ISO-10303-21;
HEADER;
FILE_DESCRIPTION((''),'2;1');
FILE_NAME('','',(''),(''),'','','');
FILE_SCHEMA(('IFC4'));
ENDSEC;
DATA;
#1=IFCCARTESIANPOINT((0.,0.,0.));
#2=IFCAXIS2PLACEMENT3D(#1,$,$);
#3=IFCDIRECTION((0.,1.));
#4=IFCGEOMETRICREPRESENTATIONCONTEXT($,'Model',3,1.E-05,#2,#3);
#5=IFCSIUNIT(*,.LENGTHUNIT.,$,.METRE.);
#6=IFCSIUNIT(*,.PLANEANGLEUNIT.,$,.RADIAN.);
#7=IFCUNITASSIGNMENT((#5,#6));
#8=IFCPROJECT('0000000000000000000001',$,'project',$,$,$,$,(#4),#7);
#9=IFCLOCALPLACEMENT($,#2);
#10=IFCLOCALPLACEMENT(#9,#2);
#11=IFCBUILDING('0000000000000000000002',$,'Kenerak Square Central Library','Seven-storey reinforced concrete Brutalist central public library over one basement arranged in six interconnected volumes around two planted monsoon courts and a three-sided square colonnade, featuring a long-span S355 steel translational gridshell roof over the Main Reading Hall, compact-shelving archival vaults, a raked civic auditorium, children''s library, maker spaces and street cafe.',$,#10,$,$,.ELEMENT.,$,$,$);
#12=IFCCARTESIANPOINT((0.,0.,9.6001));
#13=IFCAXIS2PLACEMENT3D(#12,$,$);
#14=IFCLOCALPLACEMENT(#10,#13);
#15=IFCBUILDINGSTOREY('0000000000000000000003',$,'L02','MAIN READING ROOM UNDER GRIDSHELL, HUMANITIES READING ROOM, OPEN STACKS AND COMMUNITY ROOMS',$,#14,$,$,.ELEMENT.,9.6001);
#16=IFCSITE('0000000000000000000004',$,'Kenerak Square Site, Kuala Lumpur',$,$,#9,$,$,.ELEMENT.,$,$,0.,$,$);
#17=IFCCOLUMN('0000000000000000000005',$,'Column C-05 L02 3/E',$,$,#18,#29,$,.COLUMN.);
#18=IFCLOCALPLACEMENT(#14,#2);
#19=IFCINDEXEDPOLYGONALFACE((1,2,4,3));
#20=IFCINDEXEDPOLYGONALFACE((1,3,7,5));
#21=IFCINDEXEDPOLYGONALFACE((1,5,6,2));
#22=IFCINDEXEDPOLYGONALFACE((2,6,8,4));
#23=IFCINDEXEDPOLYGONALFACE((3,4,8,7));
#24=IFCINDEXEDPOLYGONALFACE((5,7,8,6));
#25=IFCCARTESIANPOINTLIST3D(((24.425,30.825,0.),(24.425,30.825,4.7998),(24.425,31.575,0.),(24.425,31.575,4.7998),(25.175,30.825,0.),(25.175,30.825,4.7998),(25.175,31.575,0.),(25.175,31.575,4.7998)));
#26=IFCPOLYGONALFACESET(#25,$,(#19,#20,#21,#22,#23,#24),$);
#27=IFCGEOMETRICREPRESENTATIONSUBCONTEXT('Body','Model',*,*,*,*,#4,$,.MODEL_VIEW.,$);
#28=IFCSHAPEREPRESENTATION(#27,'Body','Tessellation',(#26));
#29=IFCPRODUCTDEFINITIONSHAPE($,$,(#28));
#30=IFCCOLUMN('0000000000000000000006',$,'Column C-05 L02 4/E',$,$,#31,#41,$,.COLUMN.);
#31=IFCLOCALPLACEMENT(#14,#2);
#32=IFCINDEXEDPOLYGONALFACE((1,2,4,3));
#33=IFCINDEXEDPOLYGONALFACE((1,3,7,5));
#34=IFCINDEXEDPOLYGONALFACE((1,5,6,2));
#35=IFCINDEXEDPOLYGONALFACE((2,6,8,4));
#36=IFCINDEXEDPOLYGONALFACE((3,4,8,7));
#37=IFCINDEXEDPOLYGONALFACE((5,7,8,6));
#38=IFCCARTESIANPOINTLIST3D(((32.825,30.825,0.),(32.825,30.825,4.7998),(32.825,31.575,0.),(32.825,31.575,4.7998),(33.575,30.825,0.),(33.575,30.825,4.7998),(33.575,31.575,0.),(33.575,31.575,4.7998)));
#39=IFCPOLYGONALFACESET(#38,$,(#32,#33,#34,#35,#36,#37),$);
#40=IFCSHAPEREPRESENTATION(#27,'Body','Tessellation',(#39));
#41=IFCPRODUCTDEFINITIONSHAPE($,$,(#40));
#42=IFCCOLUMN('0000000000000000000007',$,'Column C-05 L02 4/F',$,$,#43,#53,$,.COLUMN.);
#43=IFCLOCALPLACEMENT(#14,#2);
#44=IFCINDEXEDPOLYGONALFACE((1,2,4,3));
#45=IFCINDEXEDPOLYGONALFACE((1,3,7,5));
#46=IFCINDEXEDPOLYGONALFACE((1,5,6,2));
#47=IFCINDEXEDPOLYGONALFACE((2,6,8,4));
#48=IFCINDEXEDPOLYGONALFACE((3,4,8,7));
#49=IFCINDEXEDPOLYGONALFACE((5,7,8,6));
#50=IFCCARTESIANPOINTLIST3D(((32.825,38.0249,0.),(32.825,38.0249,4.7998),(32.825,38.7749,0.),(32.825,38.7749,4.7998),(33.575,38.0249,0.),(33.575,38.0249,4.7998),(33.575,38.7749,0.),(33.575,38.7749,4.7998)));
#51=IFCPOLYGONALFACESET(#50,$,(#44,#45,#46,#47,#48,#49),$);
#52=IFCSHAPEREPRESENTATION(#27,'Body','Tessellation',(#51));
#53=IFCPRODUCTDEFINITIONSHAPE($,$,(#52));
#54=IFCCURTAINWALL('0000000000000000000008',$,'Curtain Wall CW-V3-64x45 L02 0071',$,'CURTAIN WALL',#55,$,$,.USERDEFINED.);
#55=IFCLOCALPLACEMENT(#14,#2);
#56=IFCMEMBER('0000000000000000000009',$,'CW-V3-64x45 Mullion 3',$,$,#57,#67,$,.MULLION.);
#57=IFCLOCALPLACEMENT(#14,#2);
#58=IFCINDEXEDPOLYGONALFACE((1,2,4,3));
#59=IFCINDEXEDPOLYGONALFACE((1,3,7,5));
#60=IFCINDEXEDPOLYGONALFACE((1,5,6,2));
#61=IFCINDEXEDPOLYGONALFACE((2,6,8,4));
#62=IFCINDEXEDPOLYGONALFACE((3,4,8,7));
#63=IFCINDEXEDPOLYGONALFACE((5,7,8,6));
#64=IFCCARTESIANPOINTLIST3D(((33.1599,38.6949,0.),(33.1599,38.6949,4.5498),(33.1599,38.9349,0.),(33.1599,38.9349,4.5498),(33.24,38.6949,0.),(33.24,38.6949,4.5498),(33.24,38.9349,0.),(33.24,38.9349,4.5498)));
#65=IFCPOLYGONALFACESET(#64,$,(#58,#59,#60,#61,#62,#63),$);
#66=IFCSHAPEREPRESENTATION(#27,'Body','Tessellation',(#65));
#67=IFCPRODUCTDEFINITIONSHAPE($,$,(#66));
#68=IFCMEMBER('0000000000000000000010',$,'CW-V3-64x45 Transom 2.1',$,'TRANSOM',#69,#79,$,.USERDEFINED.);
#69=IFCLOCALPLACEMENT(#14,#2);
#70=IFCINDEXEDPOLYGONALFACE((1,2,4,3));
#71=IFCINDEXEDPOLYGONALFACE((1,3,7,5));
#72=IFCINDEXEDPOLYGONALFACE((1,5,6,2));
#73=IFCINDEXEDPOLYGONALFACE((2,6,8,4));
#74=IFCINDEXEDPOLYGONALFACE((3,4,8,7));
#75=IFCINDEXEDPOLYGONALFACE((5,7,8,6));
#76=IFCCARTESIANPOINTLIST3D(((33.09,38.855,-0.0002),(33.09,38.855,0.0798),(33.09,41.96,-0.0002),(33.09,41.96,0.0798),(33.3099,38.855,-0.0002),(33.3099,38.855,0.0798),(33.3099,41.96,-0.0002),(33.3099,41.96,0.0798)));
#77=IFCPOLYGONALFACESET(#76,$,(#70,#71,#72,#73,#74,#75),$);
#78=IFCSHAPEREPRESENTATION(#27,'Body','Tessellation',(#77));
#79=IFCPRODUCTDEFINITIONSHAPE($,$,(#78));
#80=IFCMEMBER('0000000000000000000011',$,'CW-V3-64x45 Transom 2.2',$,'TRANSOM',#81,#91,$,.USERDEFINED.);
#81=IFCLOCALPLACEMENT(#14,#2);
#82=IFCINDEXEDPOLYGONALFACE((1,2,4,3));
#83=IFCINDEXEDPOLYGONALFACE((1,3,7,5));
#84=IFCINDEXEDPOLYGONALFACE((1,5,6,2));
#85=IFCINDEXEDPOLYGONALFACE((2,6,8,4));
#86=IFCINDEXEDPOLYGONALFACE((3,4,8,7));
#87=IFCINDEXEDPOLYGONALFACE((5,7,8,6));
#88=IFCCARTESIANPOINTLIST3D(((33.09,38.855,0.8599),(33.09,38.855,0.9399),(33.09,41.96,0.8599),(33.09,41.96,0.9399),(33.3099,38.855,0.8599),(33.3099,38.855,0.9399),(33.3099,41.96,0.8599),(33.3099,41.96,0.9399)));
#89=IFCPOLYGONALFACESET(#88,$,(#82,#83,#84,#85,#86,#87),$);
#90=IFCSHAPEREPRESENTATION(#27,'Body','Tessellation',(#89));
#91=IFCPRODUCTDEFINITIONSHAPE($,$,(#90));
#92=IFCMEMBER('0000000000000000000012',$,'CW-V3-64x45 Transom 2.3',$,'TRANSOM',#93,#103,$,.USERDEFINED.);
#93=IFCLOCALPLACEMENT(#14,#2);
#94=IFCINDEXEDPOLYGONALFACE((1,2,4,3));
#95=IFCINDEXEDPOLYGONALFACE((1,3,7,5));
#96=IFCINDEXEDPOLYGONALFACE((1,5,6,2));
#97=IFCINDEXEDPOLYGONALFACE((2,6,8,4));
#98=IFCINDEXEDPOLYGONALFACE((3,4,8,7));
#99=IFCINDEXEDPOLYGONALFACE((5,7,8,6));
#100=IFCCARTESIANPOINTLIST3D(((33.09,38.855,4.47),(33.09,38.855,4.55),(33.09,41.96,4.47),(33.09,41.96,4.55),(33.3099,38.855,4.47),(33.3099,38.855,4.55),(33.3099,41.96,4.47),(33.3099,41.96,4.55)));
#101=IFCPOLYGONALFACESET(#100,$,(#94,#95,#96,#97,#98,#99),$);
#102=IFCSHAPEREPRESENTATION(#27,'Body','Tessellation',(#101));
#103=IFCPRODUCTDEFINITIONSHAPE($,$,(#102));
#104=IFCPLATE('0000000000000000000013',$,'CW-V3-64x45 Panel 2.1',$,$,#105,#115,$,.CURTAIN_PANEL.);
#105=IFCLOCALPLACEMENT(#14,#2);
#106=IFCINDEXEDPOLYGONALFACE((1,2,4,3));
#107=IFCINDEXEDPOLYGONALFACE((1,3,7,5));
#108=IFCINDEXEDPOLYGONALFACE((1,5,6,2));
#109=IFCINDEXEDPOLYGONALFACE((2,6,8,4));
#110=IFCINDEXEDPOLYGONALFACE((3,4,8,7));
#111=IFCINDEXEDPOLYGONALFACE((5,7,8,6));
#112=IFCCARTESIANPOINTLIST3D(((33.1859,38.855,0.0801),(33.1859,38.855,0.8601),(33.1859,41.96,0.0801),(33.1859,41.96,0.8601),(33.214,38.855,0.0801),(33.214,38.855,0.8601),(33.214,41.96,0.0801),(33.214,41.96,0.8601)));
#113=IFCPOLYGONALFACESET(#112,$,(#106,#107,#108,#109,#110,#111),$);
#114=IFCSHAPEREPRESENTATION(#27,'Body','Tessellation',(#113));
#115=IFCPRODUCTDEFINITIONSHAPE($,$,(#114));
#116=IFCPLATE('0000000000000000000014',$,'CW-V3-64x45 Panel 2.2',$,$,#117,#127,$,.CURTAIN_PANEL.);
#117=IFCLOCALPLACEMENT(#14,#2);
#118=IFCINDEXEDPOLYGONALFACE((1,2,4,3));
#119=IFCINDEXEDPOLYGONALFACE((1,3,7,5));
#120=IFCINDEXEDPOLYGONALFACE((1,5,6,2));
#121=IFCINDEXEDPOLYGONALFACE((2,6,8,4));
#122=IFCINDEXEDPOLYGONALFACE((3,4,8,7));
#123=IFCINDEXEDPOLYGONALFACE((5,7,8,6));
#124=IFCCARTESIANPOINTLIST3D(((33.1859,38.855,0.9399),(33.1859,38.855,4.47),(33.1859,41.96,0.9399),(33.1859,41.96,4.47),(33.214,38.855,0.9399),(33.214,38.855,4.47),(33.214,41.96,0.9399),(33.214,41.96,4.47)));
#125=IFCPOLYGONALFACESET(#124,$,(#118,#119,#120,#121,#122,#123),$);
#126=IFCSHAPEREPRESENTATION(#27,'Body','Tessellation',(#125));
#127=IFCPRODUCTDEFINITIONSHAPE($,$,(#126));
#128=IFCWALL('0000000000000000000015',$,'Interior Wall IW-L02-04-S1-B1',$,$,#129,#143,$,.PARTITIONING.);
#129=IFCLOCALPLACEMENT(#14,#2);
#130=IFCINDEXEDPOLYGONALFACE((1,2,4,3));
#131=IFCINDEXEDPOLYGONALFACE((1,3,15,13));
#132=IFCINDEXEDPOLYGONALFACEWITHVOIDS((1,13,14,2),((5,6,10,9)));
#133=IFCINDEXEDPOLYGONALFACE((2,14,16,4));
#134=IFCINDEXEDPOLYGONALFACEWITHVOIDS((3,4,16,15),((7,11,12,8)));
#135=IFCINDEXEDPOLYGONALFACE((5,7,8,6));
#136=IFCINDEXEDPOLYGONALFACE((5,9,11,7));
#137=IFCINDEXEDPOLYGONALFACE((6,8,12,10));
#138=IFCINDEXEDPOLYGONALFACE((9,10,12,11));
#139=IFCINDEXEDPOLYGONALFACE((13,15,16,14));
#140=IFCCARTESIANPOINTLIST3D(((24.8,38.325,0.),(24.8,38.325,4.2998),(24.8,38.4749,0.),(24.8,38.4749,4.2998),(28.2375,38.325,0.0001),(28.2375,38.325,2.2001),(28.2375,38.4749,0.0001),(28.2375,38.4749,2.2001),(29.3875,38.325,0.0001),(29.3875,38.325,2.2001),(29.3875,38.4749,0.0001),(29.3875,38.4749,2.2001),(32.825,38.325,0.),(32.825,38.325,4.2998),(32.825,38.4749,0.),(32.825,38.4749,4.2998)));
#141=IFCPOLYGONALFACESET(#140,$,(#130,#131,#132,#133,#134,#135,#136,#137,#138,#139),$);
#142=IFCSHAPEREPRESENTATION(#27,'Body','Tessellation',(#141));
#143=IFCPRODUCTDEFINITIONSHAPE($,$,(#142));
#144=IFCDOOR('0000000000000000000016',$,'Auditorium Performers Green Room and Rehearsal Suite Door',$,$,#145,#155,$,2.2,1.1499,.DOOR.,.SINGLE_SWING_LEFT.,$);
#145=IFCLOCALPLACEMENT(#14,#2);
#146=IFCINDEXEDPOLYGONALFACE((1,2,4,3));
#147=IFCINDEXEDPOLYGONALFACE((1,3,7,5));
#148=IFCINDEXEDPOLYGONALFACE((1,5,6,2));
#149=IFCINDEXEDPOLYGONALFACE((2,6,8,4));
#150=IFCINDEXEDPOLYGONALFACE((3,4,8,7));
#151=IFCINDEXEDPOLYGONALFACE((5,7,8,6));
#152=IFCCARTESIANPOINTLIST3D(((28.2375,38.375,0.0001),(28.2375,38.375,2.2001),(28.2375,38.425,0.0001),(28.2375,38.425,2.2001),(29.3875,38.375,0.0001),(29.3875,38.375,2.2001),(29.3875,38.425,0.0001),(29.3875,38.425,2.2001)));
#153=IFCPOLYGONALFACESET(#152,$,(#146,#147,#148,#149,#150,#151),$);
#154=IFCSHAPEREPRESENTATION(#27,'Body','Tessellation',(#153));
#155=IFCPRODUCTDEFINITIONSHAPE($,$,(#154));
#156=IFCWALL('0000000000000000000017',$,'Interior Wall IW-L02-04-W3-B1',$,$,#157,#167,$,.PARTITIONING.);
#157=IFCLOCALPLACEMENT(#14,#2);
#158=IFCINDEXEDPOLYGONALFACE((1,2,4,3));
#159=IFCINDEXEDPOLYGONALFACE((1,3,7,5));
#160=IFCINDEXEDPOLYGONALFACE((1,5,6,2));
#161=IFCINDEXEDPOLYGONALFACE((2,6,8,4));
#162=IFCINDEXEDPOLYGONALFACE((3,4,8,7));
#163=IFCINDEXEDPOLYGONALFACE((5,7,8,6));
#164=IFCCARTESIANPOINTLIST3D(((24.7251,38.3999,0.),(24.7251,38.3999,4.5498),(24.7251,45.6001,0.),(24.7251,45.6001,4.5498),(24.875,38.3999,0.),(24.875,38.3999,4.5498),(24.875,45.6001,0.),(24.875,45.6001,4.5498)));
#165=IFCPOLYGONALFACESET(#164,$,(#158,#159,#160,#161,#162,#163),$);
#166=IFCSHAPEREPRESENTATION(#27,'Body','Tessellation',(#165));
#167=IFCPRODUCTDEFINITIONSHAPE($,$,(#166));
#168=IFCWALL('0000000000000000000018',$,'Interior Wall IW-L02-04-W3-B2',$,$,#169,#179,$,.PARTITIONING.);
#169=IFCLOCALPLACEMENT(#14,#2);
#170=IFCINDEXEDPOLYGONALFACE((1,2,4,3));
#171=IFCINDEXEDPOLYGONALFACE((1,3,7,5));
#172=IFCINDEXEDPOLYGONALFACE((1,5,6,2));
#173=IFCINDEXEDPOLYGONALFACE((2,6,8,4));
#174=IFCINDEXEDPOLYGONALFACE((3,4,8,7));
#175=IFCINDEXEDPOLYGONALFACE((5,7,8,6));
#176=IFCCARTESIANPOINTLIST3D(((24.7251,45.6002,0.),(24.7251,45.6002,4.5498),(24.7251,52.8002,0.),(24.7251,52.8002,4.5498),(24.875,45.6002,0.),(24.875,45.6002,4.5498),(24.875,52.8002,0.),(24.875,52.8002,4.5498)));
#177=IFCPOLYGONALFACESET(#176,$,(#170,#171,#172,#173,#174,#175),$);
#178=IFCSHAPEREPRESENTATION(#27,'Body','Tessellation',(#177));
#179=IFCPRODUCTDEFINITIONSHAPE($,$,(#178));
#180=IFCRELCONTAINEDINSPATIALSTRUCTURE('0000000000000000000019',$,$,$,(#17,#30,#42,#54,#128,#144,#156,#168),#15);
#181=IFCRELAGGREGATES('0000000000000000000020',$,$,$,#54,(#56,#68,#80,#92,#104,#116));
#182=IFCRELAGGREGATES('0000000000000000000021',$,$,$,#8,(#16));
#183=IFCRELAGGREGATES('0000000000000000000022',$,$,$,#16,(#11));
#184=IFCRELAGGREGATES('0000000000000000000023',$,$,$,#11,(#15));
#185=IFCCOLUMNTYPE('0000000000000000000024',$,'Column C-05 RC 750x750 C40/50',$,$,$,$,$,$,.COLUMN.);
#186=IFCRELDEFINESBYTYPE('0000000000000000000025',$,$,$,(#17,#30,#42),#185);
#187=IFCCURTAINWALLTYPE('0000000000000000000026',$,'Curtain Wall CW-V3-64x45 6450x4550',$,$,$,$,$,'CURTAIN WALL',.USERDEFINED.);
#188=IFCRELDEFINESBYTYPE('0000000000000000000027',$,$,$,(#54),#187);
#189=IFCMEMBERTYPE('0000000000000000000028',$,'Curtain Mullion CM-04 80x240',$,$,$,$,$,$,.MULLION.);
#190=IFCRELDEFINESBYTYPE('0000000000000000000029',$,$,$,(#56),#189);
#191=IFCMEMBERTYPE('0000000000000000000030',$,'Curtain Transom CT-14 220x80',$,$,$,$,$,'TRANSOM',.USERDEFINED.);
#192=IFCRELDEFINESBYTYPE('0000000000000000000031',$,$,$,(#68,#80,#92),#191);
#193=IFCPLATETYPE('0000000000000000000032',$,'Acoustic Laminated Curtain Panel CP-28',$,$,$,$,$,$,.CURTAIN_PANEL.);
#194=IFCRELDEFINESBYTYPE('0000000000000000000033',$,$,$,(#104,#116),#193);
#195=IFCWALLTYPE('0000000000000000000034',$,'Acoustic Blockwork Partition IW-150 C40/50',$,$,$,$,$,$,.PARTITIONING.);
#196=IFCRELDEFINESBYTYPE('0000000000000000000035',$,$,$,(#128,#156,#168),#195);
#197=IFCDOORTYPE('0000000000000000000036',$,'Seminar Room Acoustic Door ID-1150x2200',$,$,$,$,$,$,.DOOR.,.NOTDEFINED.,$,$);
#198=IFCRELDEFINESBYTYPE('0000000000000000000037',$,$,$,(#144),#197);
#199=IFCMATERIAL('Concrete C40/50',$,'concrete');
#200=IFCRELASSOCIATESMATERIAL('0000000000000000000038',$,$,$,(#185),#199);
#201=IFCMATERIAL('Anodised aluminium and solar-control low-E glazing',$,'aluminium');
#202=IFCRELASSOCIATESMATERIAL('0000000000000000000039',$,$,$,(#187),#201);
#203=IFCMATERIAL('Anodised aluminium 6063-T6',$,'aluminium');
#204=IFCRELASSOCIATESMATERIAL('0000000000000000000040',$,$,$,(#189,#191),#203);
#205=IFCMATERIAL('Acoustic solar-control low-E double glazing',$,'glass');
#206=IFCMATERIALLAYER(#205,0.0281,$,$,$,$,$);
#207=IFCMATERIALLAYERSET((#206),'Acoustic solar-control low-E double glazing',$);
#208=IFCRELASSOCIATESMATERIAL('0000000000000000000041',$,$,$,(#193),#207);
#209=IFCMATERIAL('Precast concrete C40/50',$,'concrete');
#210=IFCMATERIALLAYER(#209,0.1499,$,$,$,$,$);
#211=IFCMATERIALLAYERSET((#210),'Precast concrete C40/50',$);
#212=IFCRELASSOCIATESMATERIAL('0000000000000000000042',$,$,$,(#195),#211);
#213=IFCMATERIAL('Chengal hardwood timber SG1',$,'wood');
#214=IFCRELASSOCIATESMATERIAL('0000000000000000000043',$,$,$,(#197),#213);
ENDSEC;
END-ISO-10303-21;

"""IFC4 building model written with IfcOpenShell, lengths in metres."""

from ifc_helpers import new_model, si_unit, direction, frame, frame_2d, origin, origin_2d, place, context, subcontext, project, spatial, rectangle, extrude, material, layer, layer_set, material_profile, profile_set, type_object, element, fill, aggregate, save


model = new_model("IFC4")

# Units and contexts
model_context = context("Model", 3, precision=1e-05, world=origin(), true_north=direction((0.0, 1.0)))
body_context = subcontext(model_context, "Body", "Model", "MODEL_VIEW")
ifc_project = project(units=[si_unit("LENGTHUNIT", "METRE"), si_unit("PLANEANGLEUNIT", "RADIAN")], contexts=[model_context])

# Site, building, storey
site_placement = place(None, origin())
site = spatial("IfcSite", under=ifc_project, at=site_placement, Name="Kenerak Square Site, Kuala Lumpur", CompositionType="ELEMENT", RefElevation=0.0)
building_placement = place(site_placement, origin())
building = spatial("IfcBuilding", under=site, at=building_placement, Name="Kenerak Square Central Library", Description="Seven-storey reinforced concrete Brutalist central public library over one basement arranged in six interconnected volumes around two planted monsoon courts and a three-sided square colonnade, featuring a long-span S355 steel translational gridshell roof over the Main Reading Hall, compact-shelving archival vaults, a raked civic auditorium, children's library, maker spaces and street cafe.", CompositionType="ELEMENT")
storey_placement = place(building_placement, frame((0.0, 0.0, 9.6001)))
storey = spatial("IfcBuildingStorey", under=building, at=storey_placement, Name="L02", Description="MAIN READING ROOM UNDER GRIDSHELL, HUMANITIES READING ROOM, OPEN STACKS AND COMMUNITY ROOMS", CompositionType="ELEMENT", Elevation=9.6001)

# Columns
ifc_material_1 = material(Name="Concrete C40/50", Category="concrete")
ifc_material_profile_1 = material_profile(ifc_material_1, rectangle(XDim=0.75, YDim=0.75, at=origin_2d()), Name="RC 750x750")
ifc_profile_set_1 = profile_set([ifc_material_profile_1], Name="Concrete C40/50")
column_type = type_object("IfcColumnType", Name="Column C-05 RC 750x750 C40/50", PredefinedType="COLUMN", material=ifc_profile_set_1)
for number, where, z_axis, x_axis, name in (
    (1, (24.8, 31.2, 0.0), (0.0, 0.0, 1.0), (1.0, 0.0, 0.0), "Column C-05 L02 3/E"),
    (2, (33.2, 31.2, 0.0), (0.0, 0.0, 1.0), (1.0, 0.0, 0.0), "Column C-05 L02 4/E"),
    (3, (33.2, 38.3999, 0.0), (0.0, 0.0, 1.0), (1.0, 0.0, 0.0), "Column C-05 L02 4/F"),
):
    element("IfcColumn", number, at=place(storey_placement, frame(where, z_axis=z_axis, x_axis=x_axis)), inside=storey, type_object=column_type, Name=name, PredefinedType="COLUMN", context=body_context, shape_type="SweptSolid", body=[
        extrude(rectangle(XDim=0.75, YDim=0.75, at=origin_2d()), origin(), (0.0, 0.0, 1.0), 4.7998),
    ])

# Curtain wall, members, plates
ifc_material_2 = material(Name="Anodised aluminium and solar-control low-E glazing", Category="aluminium")
curtain_wall_type = type_object("IfcCurtainWallType", Name="Curtain Wall CW-V3-64x45 6450x4550", ElementType="CURTAIN WALL", PredefinedType="USERDEFINED", material=ifc_material_2)
curtain_wall_placement = place(storey_placement, origin())
curtain_wall = element("IfcCurtainWall", 4, at=curtain_wall_placement, inside=storey, type_object=curtain_wall_type, Name="Curtain Wall CW-V3-64x45 L02 0071", ObjectType="CURTAIN WALL", PredefinedType="USERDEFINED")
ifc_material_3 = material(Name="Anodised aluminium 6063-T6", Category="aluminium")
ifc_material_profile_2 = material_profile(ifc_material_3, rectangle(XDim=0.0801, YDim=0.24, at=origin_2d()), Name="AL MULLION 80x240")
ifc_profile_set_2 = profile_set([ifc_material_profile_2], Name="Anodised aluminium 6063-T6")
member_type_1 = type_object("IfcMemberType", Name="Curtain Mullion CM-04 80x240", PredefinedType="MULLION", material=ifc_profile_set_2)
member_1_placement = place(storey_placement, frame((33.2, 38.8149, 0.0), z_axis=(0.0, 0.0, 1.0), x_axis=(1.0, 0.0, 0.0)))
member_1 = element("IfcMember", 5, at=member_1_placement, type_object=member_type_1, Name="CW-V3-64x45 Mullion 3", PredefinedType="MULLION", context=body_context, shape_type="SweptSolid", body=[
    extrude(rectangle(XDim=0.0801, YDim=0.24, at=origin_2d()), origin(), (0.0, 0.0, 1.0), 4.5498),
])
ifc_material_profile_3 = material_profile(ifc_material_3, rectangle(XDim=0.22, YDim=0.0801, at=origin_2d()), Name="AL TRANSOM 220x80")
ifc_profile_set_3 = profile_set([ifc_material_profile_3], Name="Anodised aluminium 6063-T6")
member_type_2 = type_object("IfcMemberType", Name="Curtain Transom CT-14 220x80", ElementType="TRANSOM", PredefinedType="USERDEFINED", material=ifc_profile_set_3)
member_2_placement = place(storey_placement, frame((33.2, 41.96, 0.0398), z_axis=(0.0, -1.0, 0.0), x_axis=(1.0, 0.0, 0.0)))
member_2 = element("IfcMember", 6, at=member_2_placement, type_object=member_type_2, Name="CW-V3-64x45 Transom 2.1", ObjectType="TRANSOM", PredefinedType="USERDEFINED", context=body_context, shape_type="SweptSolid", body=[
    extrude(rectangle(XDim=0.22, YDim=0.0801, at=origin_2d()), origin(), (0.0, 0.0, 1.0), 3.105),
])
member_3_placement = place(storey_placement, frame((33.2, 41.96, 0.8999), z_axis=(0.0, -1.0, 0.0), x_axis=(1.0, 0.0, 0.0)))
member_3 = element("IfcMember", 7, at=member_3_placement, type_object=member_type_2, Name="CW-V3-64x45 Transom 2.2", ObjectType="TRANSOM", PredefinedType="USERDEFINED", context=body_context, shape_type="SweptSolid", body=[
    extrude(rectangle(XDim=0.22, YDim=0.0801, at=origin_2d()), origin(), (0.0, 0.0, 1.0), 3.105),
])
member_4_placement = place(storey_placement, frame((33.2, 41.96, 4.51), z_axis=(0.0, -1.0, 0.0), x_axis=(1.0, 0.0, 0.0)))
member_4 = element("IfcMember", 8, at=member_4_placement, type_object=member_type_2, Name="CW-V3-64x45 Transom 2.3", ObjectType="TRANSOM", PredefinedType="USERDEFINED", context=body_context, shape_type="SweptSolid", body=[
    extrude(rectangle(XDim=0.22, YDim=0.0801, at=origin_2d()), origin(), (0.0, 0.0, 1.0), 3.105),
])
ifc_material_4 = material(Name="Acoustic solar-control low-E double glazing", Category="glass")
ifc_layer_1 = layer(ifc_material_4, 0.0281)
ifc_layer_set_1 = layer_set([ifc_layer_1], Name="Acoustic solar-control low-E double glazing")
plate_type = type_object("IfcPlateType", Name="Acoustic Laminated Curtain Panel CP-28", PredefinedType="CURTAIN_PANEL", material=ifc_layer_set_1)
plate_1_placement = place(storey_placement, frame((33.2, 40.4075, 0.0801), z_axis=(0.0, 0.0, 1.0), x_axis=(0.0, -1.0, 0.0)))
plate_1 = element("IfcPlate", 9, at=plate_1_placement, type_object=plate_type, Name="CW-V3-64x45 Panel 2.1", PredefinedType="CURTAIN_PANEL", context=body_context, shape_type="SweptSolid", body=[
    extrude(rectangle(XDim=3.105, YDim=0.0281, at=origin_2d()), origin(), (0.0, 0.0, 1.0), 0.78),
])
plate_2_placement = place(storey_placement, frame((33.2, 40.4075, 0.9399), z_axis=(0.0, 0.0, 1.0), x_axis=(0.0, -1.0, 0.0)))
plate_2 = element("IfcPlate", 10, at=plate_2_placement, type_object=plate_type, Name="CW-V3-64x45 Panel 2.2", PredefinedType="CURTAIN_PANEL", context=body_context, shape_type="SweptSolid", body=[
    extrude(rectangle(XDim=3.105, YDim=0.0281, at=origin_2d()), origin(), (0.0, 0.0, 1.0), 3.53),
])
aggregate(curtain_wall, [member_1, member_2, member_3, member_4, plate_1, plate_2])

# Wall, opening, door
ifc_material_5 = material(Name="Precast concrete C40/50", Category="concrete")
ifc_layer_2 = layer(ifc_material_5, 0.1499)
ifc_layer_set_2 = layer_set([ifc_layer_2], Name="Precast concrete C40/50")
wall_type_1 = type_object("IfcWallType", Name="Acoustic Blockwork Partition IW-150 C40/50", PredefinedType="PARTITIONING", material=ifc_layer_set_2)
wall_1_placement = place(storey_placement, frame((32.825, 38.3999, 0.0), z_axis=(0.0, 0.0, 1.0), x_axis=(-1.0, 0.0, 0.0)))
wall_1 = element("IfcWall", 11, at=wall_1_placement, inside=storey, type_object=wall_type_1, Name="Interior Wall IW-L02-04-S1-B1", PredefinedType="PARTITIONING", context=body_context, shape_type="SweptSolid", body=[
    extrude(rectangle(XDim=8.0249, YDim=0.1499, at=frame_2d((4.0125, 0.0))), origin(), (0.0, 0.0, 1.0), 4.2998),
])
opening_1_placement = place(wall_1_placement, frame((3.4375, 0.0, 0.0)))
opening_1 = element("IfcOpeningElement", 12, at=opening_1_placement, cuts=wall_1, PredefinedType="OPENING", context=body_context, shape_type="SweptSolid", body=[
    extrude(rectangle(XDim=1.1499, YDim=2.2, at=frame_2d((0.575, 1.1001))), frame((0.0, 0.085, 0.0), z_axis=(0.0, -1.0, 0.0), x_axis=(1.0, 0.0, 0.0)), (0.0, 0.0, 1.0), 0.1699),
])
ifc_material_6 = material(Name="Chengal hardwood timber SG1", Category="wood")
door_type = type_object("IfcDoorType", Name="Seminar Room Acoustic Door ID-1150x2200", OperationType="NOTDEFINED", PredefinedType="DOOR", material=ifc_material_6)
door_placement = place(opening_1_placement, origin())
door = element("IfcDoor", 13, at=door_placement, inside=storey, type_object=door_type, Name="Auditorium Performers Green Room and Rehearsal Suite Door", OperationType="SINGLE_SWING_LEFT", OverallHeight=2.2, OverallWidth=1.1499, PredefinedType="DOOR", context=body_context, shape_type="SweptSolid", body=[
    extrude(rectangle(XDim=1.1499, YDim=2.2, at=frame_2d((0.575, 1.1001))), frame((0.0, 0.0249, 0.0), z_axis=(0.0, -1.0, 0.0), x_axis=(1.0, 0.0, 0.0)), (0.0, 0.0, 1.0), 0.05),
])
fill(opening_1, door)

# Walls
wall_2_placement = place(storey_placement, frame((24.8, 38.3999, 0.0), z_axis=(0.0, 0.0, 1.0), x_axis=(0.0, 1.0, 0.0)))
element("IfcWall", 14, at=wall_2_placement, inside=storey, type_object=wall_type_1, Name="Interior Wall IW-L02-04-W3-B1", PredefinedType="PARTITIONING", context=body_context, shape_type="SweptSolid", body=[
    extrude(rectangle(XDim=7.2002, YDim=0.1499, at=frame_2d((3.6001, 0.0))), origin(), (0.0, 0.0, 1.0), 4.5498),
])
wall_3_placement = place(storey_placement, frame((24.8, 45.6001, 0.0), z_axis=(0.0, 0.0, 1.0), x_axis=(0.0, 1.0, 0.0)))
element("IfcWall", 15, at=wall_3_placement, inside=storey, type_object=wall_type_1, Name="Interior Wall IW-L02-04-W3-B2", PredefinedType="PARTITIONING", context=body_context, shape_type="SweptSolid", body=[
    extrude(rectangle(XDim=7.2, YDim=0.1499, at=frame_2d((3.6001, 0.0))), origin(), (0.0, 0.0, 1.0), 4.5498),
])

save(model, "model.ifc")
